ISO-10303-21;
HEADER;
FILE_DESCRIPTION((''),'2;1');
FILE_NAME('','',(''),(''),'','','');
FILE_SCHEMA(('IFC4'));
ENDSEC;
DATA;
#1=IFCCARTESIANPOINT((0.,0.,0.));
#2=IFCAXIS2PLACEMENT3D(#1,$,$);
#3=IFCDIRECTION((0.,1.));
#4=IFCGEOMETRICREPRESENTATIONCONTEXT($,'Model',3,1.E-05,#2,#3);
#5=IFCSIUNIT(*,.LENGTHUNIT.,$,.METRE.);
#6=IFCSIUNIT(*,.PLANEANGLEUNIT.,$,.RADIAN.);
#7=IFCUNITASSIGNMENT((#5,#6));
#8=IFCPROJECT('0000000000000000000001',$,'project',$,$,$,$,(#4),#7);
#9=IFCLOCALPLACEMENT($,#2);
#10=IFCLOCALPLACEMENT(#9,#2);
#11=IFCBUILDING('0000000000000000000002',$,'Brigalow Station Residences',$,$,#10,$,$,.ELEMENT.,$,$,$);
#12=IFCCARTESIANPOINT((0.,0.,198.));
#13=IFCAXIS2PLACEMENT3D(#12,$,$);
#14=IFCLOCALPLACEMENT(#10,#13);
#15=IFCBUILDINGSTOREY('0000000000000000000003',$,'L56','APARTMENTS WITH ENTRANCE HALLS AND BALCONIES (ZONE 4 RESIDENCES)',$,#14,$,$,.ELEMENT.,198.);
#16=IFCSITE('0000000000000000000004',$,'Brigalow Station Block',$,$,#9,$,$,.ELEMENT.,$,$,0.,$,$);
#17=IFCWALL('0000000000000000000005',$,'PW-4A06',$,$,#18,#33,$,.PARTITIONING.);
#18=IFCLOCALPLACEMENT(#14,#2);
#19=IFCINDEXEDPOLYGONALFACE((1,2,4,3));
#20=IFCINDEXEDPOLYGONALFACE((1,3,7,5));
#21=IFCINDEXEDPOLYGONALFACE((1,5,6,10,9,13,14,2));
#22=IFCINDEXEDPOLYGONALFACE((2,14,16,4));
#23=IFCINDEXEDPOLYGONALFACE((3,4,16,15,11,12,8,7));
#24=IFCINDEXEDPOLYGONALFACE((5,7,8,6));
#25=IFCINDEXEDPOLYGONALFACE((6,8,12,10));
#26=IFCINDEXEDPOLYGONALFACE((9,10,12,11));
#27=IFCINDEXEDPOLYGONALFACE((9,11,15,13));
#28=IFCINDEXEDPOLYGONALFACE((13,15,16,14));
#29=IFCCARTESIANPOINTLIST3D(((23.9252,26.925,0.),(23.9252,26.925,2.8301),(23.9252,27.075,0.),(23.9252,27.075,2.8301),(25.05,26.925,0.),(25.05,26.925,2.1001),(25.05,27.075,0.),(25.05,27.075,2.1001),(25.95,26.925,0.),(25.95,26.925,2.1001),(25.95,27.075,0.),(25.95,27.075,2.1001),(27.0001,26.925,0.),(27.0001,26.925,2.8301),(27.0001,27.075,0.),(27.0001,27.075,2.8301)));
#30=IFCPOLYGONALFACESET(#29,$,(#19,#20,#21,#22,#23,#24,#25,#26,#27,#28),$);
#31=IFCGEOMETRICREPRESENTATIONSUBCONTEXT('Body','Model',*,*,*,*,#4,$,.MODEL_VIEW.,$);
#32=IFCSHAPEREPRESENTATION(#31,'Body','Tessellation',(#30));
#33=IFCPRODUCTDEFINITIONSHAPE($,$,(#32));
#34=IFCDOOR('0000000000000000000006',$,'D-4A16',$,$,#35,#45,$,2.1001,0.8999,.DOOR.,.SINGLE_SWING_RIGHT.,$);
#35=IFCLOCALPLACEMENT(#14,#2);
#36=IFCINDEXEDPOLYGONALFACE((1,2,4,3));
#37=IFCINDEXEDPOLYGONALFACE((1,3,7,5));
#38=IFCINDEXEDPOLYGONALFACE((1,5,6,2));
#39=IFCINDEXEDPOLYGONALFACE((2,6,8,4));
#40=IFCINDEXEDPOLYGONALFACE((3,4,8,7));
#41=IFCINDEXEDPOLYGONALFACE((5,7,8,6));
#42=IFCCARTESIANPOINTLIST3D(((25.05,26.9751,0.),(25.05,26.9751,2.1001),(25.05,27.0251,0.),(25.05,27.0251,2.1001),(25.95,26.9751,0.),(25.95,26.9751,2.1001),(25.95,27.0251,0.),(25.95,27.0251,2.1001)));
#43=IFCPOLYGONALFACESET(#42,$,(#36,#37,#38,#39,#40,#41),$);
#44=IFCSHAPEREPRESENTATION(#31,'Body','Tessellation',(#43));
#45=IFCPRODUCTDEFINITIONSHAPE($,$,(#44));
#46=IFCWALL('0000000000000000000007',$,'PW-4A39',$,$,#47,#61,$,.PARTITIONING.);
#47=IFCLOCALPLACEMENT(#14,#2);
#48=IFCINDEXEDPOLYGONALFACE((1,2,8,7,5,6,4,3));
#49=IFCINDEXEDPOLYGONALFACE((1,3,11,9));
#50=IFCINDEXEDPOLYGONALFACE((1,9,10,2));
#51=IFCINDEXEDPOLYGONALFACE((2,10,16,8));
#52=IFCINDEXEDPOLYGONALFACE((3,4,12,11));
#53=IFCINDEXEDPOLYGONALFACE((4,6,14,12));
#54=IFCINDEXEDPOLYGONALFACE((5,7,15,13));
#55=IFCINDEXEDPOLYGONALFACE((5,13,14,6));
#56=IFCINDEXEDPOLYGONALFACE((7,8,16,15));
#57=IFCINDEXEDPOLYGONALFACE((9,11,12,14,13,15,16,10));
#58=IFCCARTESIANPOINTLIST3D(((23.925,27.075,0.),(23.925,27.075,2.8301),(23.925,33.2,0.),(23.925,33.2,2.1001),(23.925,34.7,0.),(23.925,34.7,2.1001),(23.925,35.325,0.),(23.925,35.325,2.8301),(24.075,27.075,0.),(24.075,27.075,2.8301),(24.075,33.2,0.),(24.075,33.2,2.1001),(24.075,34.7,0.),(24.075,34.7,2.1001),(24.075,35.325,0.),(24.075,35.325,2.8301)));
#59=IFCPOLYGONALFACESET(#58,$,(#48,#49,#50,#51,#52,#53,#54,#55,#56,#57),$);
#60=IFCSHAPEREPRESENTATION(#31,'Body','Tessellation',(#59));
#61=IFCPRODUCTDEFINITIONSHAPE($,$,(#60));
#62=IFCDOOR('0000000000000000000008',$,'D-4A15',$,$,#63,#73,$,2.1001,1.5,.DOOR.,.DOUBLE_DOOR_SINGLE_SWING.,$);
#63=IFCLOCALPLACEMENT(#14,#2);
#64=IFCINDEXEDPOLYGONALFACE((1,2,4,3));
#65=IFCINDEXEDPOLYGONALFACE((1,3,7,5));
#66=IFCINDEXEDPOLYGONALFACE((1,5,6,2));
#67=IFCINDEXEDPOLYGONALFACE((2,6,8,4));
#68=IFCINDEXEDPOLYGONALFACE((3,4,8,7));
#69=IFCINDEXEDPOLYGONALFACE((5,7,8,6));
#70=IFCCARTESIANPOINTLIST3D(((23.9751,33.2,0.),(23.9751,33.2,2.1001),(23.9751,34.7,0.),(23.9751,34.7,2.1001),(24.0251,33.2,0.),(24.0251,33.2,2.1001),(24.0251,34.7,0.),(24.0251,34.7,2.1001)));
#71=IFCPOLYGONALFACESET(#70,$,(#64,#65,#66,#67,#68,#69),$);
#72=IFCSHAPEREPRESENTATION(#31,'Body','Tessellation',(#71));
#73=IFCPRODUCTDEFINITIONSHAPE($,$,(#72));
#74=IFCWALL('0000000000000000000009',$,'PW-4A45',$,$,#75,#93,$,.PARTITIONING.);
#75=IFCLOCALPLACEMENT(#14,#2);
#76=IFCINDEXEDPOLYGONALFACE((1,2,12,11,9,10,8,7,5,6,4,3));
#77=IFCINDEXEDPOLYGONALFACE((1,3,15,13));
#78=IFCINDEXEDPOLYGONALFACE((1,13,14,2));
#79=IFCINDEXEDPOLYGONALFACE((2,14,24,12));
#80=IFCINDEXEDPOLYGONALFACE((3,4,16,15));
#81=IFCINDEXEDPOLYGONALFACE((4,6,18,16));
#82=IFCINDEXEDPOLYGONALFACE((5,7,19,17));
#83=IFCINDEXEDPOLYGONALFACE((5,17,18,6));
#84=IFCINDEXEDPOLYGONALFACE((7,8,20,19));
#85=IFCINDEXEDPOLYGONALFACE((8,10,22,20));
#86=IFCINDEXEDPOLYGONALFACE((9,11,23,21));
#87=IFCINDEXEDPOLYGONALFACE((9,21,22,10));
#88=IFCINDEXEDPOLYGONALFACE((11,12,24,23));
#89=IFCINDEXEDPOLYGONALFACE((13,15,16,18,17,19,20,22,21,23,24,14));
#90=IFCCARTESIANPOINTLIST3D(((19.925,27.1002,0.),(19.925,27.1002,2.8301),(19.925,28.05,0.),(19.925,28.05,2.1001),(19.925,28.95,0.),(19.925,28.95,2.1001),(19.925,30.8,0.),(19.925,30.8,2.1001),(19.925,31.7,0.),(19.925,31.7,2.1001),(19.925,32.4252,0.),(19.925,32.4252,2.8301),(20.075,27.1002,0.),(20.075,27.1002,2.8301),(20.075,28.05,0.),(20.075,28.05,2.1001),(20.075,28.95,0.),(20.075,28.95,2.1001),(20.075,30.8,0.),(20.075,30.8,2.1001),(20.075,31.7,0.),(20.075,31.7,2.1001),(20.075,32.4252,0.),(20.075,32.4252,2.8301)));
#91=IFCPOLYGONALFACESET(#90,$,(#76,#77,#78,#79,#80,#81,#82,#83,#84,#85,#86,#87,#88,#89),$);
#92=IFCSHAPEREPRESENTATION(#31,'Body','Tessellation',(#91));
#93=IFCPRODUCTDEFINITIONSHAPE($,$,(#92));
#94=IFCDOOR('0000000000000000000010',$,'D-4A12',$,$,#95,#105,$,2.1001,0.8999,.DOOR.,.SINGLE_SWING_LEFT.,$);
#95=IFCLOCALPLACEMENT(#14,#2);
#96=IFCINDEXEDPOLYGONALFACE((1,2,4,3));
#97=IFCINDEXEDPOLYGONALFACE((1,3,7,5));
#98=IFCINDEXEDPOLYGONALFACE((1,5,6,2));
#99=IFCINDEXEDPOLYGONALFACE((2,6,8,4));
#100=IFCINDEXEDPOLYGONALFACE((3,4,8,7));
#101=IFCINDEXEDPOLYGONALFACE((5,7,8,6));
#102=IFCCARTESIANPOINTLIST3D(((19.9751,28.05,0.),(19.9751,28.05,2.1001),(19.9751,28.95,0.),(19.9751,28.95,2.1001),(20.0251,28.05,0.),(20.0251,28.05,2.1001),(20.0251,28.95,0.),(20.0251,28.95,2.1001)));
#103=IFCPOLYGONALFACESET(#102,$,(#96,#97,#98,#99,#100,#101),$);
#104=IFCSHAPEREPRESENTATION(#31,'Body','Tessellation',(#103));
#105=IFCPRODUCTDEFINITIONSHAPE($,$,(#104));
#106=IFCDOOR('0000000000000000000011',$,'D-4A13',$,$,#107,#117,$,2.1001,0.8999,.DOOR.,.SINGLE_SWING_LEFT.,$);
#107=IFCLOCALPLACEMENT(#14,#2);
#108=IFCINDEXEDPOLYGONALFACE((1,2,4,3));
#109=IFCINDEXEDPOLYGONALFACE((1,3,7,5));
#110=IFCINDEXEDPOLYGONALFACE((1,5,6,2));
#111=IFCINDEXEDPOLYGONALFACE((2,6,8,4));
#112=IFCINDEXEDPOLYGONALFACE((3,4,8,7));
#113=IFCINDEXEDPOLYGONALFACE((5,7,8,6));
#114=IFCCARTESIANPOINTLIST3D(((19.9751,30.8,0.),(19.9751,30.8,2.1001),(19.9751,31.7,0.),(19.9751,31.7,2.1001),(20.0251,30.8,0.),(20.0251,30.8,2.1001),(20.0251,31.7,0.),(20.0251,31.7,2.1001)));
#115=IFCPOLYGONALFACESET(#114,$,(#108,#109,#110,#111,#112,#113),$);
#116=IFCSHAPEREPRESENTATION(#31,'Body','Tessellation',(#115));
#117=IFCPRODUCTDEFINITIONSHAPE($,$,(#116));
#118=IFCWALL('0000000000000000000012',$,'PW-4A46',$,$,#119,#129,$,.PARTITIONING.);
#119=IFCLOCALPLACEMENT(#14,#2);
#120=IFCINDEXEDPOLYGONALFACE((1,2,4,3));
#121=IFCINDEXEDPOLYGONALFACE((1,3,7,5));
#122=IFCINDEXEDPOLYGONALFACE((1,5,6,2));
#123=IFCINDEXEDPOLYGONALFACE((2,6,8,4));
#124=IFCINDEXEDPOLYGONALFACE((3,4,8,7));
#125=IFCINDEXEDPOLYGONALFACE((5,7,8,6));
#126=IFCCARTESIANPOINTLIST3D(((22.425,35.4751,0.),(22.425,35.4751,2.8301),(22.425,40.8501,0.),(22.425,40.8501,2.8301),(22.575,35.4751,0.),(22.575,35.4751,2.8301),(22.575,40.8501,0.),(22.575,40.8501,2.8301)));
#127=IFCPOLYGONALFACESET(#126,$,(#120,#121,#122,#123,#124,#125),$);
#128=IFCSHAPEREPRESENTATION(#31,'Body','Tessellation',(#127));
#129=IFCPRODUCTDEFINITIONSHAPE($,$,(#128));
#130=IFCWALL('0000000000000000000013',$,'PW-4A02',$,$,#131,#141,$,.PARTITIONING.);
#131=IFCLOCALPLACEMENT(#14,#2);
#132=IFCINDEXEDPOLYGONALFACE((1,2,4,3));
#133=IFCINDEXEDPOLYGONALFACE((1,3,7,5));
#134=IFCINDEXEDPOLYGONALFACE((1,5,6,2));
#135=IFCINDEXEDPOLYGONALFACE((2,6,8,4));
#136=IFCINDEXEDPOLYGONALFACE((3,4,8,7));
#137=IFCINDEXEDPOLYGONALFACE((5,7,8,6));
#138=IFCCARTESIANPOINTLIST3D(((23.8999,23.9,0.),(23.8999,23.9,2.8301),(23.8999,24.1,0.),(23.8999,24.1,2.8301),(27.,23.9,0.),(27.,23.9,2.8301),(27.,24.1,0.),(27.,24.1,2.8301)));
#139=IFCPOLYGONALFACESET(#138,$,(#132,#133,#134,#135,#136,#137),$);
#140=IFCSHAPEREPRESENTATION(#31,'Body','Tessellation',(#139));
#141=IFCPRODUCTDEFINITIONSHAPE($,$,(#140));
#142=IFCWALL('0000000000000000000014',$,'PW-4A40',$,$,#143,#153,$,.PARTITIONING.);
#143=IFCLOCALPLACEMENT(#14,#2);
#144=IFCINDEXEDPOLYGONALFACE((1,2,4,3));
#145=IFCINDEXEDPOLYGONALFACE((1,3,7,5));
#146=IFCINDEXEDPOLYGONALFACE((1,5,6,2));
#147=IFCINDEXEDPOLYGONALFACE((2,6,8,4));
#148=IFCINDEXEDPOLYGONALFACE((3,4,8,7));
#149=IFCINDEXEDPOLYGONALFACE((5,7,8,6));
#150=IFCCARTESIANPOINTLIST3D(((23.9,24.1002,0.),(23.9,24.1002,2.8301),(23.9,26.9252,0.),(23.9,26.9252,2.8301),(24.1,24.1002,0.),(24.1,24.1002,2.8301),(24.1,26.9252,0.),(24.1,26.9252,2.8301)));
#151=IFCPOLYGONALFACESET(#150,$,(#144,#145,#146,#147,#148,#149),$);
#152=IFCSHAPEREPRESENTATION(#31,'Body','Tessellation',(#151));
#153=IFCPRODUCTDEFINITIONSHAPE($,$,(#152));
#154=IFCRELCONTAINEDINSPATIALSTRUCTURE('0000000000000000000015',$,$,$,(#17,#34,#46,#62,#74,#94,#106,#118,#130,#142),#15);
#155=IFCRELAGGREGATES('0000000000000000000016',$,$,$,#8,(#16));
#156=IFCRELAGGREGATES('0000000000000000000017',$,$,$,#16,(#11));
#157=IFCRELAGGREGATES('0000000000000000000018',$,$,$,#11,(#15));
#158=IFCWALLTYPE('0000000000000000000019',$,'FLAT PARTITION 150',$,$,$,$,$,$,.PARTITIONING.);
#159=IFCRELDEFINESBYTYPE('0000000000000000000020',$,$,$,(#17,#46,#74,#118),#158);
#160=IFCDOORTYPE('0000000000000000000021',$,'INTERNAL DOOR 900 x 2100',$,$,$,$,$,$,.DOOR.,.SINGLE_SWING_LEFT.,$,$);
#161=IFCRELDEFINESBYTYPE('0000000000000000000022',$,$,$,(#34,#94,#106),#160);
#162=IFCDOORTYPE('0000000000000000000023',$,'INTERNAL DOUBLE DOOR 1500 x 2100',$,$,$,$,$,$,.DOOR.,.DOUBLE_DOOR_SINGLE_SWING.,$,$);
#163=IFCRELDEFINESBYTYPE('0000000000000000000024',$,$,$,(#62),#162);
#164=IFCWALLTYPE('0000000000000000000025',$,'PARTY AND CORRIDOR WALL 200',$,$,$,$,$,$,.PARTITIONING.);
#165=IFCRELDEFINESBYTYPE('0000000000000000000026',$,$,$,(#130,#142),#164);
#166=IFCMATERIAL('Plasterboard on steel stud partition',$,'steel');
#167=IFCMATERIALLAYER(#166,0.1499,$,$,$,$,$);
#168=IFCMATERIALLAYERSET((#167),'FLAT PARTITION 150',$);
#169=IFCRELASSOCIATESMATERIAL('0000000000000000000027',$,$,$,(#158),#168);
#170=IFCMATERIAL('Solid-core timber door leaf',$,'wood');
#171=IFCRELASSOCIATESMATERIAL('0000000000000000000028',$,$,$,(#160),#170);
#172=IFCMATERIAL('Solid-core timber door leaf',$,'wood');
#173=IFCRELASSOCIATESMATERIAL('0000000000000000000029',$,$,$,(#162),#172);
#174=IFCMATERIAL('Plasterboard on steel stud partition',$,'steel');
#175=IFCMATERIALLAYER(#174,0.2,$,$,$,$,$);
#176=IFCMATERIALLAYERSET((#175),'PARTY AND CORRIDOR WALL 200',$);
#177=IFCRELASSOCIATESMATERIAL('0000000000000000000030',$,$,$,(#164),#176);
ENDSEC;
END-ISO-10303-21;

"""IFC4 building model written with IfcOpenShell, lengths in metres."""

from ifc_helpers import new_model, si_unit, direction, frame, frame_2d, origin, place, context, subcontext, project, spatial, rectangle, extrude, material, layer, layer_set, type_object, element, fill, save


model = new_model("IFC4")

# Units and contexts
model_context = context("Model", 3, precision=1e-05, world=origin(), true_north=direction((0.0, 1.0)))
body_context = subcontext(model_context, "Body", "Model", "MODEL_VIEW")
ifc_project = project(units=[si_unit("LENGTHUNIT", "METRE"), si_unit("PLANEANGLEUNIT", "RADIAN")], contexts=[model_context])

# Site, building, storey
site_placement = place(None, origin())
site = spatial("IfcSite", under=ifc_project, at=site_placement, Name="Brigalow Station Block", CompositionType="ELEMENT", RefElevation=0.0)
building_placement = place(site_placement, origin())
building = spatial("IfcBuilding", under=site, at=building_placement, Name="Brigalow Station Residences", CompositionType="ELEMENT")
storey_placement = place(building_placement, frame((0.0, 0.0, 198.0)))
storey = spatial("IfcBuildingStorey", under=building, at=storey_placement, Name="L56", Description="APARTMENTS WITH ENTRANCE HALLS AND BALCONIES (ZONE 4 RESIDENCES)", CompositionType="ELEMENT", Elevation=198.0)

# Shared definitions
ifc_material_1 = material(Name="Plasterboard on steel stud partition", Category="steel")
ifc_layer_1 = layer(ifc_material_1, 0.1499)
ifc_layer_set_1 = layer_set([ifc_layer_1], Name="FLAT PARTITION 150")
wall_type_1 = type_object("IfcWallType", Name="FLAT PARTITION 150", PredefinedType="PARTITIONING", material=ifc_layer_set_1)
ifc_material_2 = material(Name="Solid-core timber door leaf", Category="wood")
door_type_1 = type_object("IfcDoorType", Name="INTERNAL DOOR 900 x 2100", OperationType="SINGLE_SWING_LEFT", PredefinedType="DOOR", material=ifc_material_2)

# Walls, openings, doors
wall_1_placement = place(storey_placement, frame((23.925, 27.0, 0.0), z_axis=(0.0, 0.0, 1.0), x_axis=(1.0, 0.0, 0.0)))
wall_1 = element("IfcWall", 1, at=wall_1_placement, inside=storey, type_object=wall_type_1, Name="PW-4A06", PredefinedType="PARTITIONING", context=body_context, shape_type="SweptSolid", body=[
    extrude(rectangle(XDim=3.075, YDim=0.1499, at=frame_2d((1.5376, 0.0))), origin(), (0.0, 0.0, 1.0), 2.8301),
])
opening_1_placement = place(wall_1_placement, frame((1.125, 0.0, 0.0)))
opening_1 = element("IfcOpeningElement", 2, at=opening_1_placement, cuts=wall_1, PredefinedType="OPENING", context=body_context, shape_type="SweptSolid", body=[
    extrude(rectangle(XDim=0.8999, YDim=2.1001, at=frame_2d((0.45, 1.05))), frame((0.0, 0.085, 0.0), z_axis=(0.0, -1.0, 0.0), x_axis=(1.0, 0.0, 0.0)), (0.0, 0.0, 1.0), 0.1699),
])
door_1_placement = place(opening_1_placement, frame((0.8999, 0.0, 0.0), z_axis=(0.0, 0.0, 1.0), x_axis=(-1.0, 0.0, 0.0)))
door_1 = element("IfcDoor", 3, at=door_1_placement, inside=storey, type_object=door_type_1, Name="D-4A16", OperationType="SINGLE_SWING_RIGHT", OverallHeight=2.1001, OverallWidth=0.8999, PredefinedType="DOOR", context=body_context, shape_type="SweptSolid", body=[
    extrude(rectangle(XDim=0.8999, YDim=2.1001, at=frame_2d((0.45, 1.05))), frame((0.0, 0.0249, 0.0), z_axis=(0.0, -1.0, 0.0), x_axis=(1.0, 0.0, 0.0)), (0.0, 0.0, 1.0), 0.05),
])
fill(opening_1, door_1)
wall_2_placement = place(storey_placement, frame((24.0, 27.075, 0.0), z_axis=(0.0, 0.0, 1.0), x_axis=(0.0, 1.0, 0.0)))
wall_2 = element("IfcWall", 4, at=wall_2_placement, inside=storey, type_object=wall_type_1, Name="PW-4A39", PredefinedType="PARTITIONING", context=body_context, shape_type="SweptSolid", body=[
    extrude(rectangle(XDim=8.25, YDim=0.1499, at=frame_2d((4.125, 0.0))), origin(), (0.0, 0.0, 1.0), 2.8301),
])
opening_2_placement = place(wall_2_placement, frame((6.125, 0.0, 0.0)))
opening_2 = element("IfcOpeningElement", 5, at=opening_2_placement, cuts=wall_2, PredefinedType="OPENING", context=body_context, shape_type="SweptSolid", body=[
    extrude(rectangle(XDim=1.5, YDim=2.1001, at=frame_2d((0.75, 1.05))), frame((0.0, 0.085, 0.0), z_axis=(0.0, -1.0, 0.0), x_axis=(1.0, 0.0, 0.0)), (0.0, 0.0, 1.0), 0.1699),
])
ifc_material_3 = material(Name="Solid-core timber door leaf", Category="wood")
door_type_2 = type_object("IfcDoorType", Name="INTERNAL DOUBLE DOOR 1500 x 2100", OperationType="DOUBLE_DOOR_SINGLE_SWING", PredefinedType="DOOR", material=ifc_material_3)
door_2_placement = place(opening_2_placement, origin())
door_2 = element("IfcDoor", 6, at=door_2_placement, inside=storey, type_object=door_type_2, Name="D-4A15", OperationType="DOUBLE_DOOR_SINGLE_SWING", OverallHeight=2.1001, OverallWidth=1.5, PredefinedType="DOOR", context=body_context, shape_type="SweptSolid", body=[
    extrude(rectangle(XDim=1.5, YDim=2.1001, at=frame_2d((0.75, 1.05))), frame((0.0, 0.0249, 0.0), z_axis=(0.0, -1.0, 0.0), x_axis=(1.0, 0.0, 0.0)), (0.0, 0.0, 1.0), 0.05),
])
fill(opening_2, door_2)

# Wall, openings, doors
wall_3_placement = place(storey_placement, frame((20.0, 27.1001, 0.0), z_axis=(0.0, 0.0, 1.0), x_axis=(0.0, 1.0, 0.0)))
wall_3 = element("IfcWall", 7, at=wall_3_placement, inside=storey, type_object=wall_type_1, Name="PW-4A45", PredefinedType="PARTITIONING", context=body_context, shape_type="SweptSolid", body=[
    extrude(rectangle(XDim=5.325, YDim=0.1499, at=frame_2d((2.6626, 0.0))), origin(), (0.0, 0.0, 1.0), 2.8301),
])
opening_3_placement = place(wall_3_placement, frame((0.95, 0.0, 0.0)))
opening_3 = element("IfcOpeningElement", 8, at=opening_3_placement, cuts=wall_3, PredefinedType="OPENING", context=body_context, shape_type="SweptSolid", body=[
    extrude(rectangle(XDim=0.8999, YDim=2.1001, at=frame_2d((0.45, 1.05))), frame((0.0, 0.085, 0.0), z_axis=(0.0, -1.0, 0.0), x_axis=(1.0, 0.0, 0.0)), (0.0, 0.0, 1.0), 0.1699),
])
opening_4_placement = place(wall_3_placement, frame((3.7, 0.0, 0.0)))
opening_4 = element("IfcOpeningElement", 9, at=opening_4_placement, cuts=wall_3, PredefinedType="OPENING", context=body_context, shape_type="SweptSolid", body=[
    extrude(rectangle(XDim=0.8999, YDim=2.1001, at=frame_2d((0.45, 1.05))), frame((0.0, 0.085, 0.0), z_axis=(0.0, -1.0, 0.0), x_axis=(1.0, 0.0, 0.0)), (0.0, 0.0, 1.0), 0.1699),
])
door_3_placement = place(opening_3_placement, origin())
door_3 = element("IfcDoor", 10, at=door_3_placement, inside=storey, type_object=door_type_1, Name="D-4A12", OperationType="SINGLE_SWING_LEFT", OverallHeight=2.1001, OverallWidth=0.8999, PredefinedType="DOOR", context=body_context, shape_type="SweptSolid", body=[
    extrude(rectangle(XDim=0.8999, YDim=2.1001, at=frame_2d((0.45, 1.05))), frame((0.0, 0.0249, 0.0), z_axis=(0.0, -1.0, 0.0), x_axis=(1.0, 0.0, 0.0)), (0.0, 0.0, 1.0), 0.05),
])
fill(opening_3, door_3)
door_4_placement = place(opening_4_placement, origin())
door_4 = element("IfcDoor", 11, at=door_4_placement, inside=storey, type_object=door_type_1, Name="D-4A13", OperationType="SINGLE_SWING_LEFT", OverallHeight=2.1001, OverallWidth=0.8999, PredefinedType="DOOR", context=body_context, shape_type="SweptSolid", body=[
    extrude(rectangle(XDim=0.8999, YDim=2.1001, at=frame_2d((0.45, 1.05))), frame((0.0, 0.0249, 0.0), z_axis=(0.0, -1.0, 0.0), x_axis=(1.0, 0.0, 0.0)), (0.0, 0.0, 1.0), 0.05),
])
fill(opening_4, door_4)

# Walls
wall_4_placement = place(storey_placement, frame((22.5, 35.4751, 0.0), z_axis=(0.0, 0.0, 1.0), x_axis=(0.0, 1.0, 0.0)))
element("IfcWall", 12, at=wall_4_placement, inside=storey, type_object=wall_type_1, Name="PW-4A46", PredefinedType="PARTITIONING", context=body_context, shape_type="SweptSolid", body=[
    extrude(rectangle(XDim=5.375, YDim=0.1499, at=frame_2d((2.6875, 0.0))), origin(), (0.0, 0.0, 1.0), 2.8301),
])
ifc_material_4 = material(Name="Plasterboard on steel stud partition", Category="steel")
ifc_layer_2 = layer(ifc_material_4, 0.2)
ifc_layer_set_2 = layer_set([ifc_layer_2], Name="PARTY AND CORRIDOR WALL 200")
wall_type_2 = type_object("IfcWallType", Name="PARTY AND CORRIDOR WALL 200", PredefinedType="PARTITIONING", material=ifc_layer_set_2)
wall_5_placement = place(storey_placement, frame((23.8999, 24.0, 0.0), z_axis=(0.0, 0.0, 1.0), x_axis=(1.0, 0.0, 0.0)))
element("IfcWall", 13, at=wall_5_placement, inside=storey, type_object=wall_type_2, Name="PW-4A02", PredefinedType="PARTITIONING", context=body_context, shape_type="SweptSolid", body=[
    extrude(rectangle(XDim=3.1001, YDim=0.2, at=frame_2d((1.55, 0.0))), origin(), (0.0, 0.0, 1.0), 2.8301),
])
wall_6_placement = place(storey_placement, frame((24.0, 24.1001, 0.0), z_axis=(0.0, 0.0, 1.0), x_axis=(0.0, 1.0, 0.0)))
element("IfcWall", 14, at=wall_6_placement, inside=storey, type_object=wall_type_2, Name="PW-4A40", PredefinedType="PARTITIONING", context=body_context, shape_type="SweptSolid", body=[
    extrude(rectangle(XDim=2.825, YDim=0.2, at=frame_2d((1.4126, 0.0))), origin(), (0.0, 0.0, 1.0), 2.8301),
])

save(model, "model.ifc")
